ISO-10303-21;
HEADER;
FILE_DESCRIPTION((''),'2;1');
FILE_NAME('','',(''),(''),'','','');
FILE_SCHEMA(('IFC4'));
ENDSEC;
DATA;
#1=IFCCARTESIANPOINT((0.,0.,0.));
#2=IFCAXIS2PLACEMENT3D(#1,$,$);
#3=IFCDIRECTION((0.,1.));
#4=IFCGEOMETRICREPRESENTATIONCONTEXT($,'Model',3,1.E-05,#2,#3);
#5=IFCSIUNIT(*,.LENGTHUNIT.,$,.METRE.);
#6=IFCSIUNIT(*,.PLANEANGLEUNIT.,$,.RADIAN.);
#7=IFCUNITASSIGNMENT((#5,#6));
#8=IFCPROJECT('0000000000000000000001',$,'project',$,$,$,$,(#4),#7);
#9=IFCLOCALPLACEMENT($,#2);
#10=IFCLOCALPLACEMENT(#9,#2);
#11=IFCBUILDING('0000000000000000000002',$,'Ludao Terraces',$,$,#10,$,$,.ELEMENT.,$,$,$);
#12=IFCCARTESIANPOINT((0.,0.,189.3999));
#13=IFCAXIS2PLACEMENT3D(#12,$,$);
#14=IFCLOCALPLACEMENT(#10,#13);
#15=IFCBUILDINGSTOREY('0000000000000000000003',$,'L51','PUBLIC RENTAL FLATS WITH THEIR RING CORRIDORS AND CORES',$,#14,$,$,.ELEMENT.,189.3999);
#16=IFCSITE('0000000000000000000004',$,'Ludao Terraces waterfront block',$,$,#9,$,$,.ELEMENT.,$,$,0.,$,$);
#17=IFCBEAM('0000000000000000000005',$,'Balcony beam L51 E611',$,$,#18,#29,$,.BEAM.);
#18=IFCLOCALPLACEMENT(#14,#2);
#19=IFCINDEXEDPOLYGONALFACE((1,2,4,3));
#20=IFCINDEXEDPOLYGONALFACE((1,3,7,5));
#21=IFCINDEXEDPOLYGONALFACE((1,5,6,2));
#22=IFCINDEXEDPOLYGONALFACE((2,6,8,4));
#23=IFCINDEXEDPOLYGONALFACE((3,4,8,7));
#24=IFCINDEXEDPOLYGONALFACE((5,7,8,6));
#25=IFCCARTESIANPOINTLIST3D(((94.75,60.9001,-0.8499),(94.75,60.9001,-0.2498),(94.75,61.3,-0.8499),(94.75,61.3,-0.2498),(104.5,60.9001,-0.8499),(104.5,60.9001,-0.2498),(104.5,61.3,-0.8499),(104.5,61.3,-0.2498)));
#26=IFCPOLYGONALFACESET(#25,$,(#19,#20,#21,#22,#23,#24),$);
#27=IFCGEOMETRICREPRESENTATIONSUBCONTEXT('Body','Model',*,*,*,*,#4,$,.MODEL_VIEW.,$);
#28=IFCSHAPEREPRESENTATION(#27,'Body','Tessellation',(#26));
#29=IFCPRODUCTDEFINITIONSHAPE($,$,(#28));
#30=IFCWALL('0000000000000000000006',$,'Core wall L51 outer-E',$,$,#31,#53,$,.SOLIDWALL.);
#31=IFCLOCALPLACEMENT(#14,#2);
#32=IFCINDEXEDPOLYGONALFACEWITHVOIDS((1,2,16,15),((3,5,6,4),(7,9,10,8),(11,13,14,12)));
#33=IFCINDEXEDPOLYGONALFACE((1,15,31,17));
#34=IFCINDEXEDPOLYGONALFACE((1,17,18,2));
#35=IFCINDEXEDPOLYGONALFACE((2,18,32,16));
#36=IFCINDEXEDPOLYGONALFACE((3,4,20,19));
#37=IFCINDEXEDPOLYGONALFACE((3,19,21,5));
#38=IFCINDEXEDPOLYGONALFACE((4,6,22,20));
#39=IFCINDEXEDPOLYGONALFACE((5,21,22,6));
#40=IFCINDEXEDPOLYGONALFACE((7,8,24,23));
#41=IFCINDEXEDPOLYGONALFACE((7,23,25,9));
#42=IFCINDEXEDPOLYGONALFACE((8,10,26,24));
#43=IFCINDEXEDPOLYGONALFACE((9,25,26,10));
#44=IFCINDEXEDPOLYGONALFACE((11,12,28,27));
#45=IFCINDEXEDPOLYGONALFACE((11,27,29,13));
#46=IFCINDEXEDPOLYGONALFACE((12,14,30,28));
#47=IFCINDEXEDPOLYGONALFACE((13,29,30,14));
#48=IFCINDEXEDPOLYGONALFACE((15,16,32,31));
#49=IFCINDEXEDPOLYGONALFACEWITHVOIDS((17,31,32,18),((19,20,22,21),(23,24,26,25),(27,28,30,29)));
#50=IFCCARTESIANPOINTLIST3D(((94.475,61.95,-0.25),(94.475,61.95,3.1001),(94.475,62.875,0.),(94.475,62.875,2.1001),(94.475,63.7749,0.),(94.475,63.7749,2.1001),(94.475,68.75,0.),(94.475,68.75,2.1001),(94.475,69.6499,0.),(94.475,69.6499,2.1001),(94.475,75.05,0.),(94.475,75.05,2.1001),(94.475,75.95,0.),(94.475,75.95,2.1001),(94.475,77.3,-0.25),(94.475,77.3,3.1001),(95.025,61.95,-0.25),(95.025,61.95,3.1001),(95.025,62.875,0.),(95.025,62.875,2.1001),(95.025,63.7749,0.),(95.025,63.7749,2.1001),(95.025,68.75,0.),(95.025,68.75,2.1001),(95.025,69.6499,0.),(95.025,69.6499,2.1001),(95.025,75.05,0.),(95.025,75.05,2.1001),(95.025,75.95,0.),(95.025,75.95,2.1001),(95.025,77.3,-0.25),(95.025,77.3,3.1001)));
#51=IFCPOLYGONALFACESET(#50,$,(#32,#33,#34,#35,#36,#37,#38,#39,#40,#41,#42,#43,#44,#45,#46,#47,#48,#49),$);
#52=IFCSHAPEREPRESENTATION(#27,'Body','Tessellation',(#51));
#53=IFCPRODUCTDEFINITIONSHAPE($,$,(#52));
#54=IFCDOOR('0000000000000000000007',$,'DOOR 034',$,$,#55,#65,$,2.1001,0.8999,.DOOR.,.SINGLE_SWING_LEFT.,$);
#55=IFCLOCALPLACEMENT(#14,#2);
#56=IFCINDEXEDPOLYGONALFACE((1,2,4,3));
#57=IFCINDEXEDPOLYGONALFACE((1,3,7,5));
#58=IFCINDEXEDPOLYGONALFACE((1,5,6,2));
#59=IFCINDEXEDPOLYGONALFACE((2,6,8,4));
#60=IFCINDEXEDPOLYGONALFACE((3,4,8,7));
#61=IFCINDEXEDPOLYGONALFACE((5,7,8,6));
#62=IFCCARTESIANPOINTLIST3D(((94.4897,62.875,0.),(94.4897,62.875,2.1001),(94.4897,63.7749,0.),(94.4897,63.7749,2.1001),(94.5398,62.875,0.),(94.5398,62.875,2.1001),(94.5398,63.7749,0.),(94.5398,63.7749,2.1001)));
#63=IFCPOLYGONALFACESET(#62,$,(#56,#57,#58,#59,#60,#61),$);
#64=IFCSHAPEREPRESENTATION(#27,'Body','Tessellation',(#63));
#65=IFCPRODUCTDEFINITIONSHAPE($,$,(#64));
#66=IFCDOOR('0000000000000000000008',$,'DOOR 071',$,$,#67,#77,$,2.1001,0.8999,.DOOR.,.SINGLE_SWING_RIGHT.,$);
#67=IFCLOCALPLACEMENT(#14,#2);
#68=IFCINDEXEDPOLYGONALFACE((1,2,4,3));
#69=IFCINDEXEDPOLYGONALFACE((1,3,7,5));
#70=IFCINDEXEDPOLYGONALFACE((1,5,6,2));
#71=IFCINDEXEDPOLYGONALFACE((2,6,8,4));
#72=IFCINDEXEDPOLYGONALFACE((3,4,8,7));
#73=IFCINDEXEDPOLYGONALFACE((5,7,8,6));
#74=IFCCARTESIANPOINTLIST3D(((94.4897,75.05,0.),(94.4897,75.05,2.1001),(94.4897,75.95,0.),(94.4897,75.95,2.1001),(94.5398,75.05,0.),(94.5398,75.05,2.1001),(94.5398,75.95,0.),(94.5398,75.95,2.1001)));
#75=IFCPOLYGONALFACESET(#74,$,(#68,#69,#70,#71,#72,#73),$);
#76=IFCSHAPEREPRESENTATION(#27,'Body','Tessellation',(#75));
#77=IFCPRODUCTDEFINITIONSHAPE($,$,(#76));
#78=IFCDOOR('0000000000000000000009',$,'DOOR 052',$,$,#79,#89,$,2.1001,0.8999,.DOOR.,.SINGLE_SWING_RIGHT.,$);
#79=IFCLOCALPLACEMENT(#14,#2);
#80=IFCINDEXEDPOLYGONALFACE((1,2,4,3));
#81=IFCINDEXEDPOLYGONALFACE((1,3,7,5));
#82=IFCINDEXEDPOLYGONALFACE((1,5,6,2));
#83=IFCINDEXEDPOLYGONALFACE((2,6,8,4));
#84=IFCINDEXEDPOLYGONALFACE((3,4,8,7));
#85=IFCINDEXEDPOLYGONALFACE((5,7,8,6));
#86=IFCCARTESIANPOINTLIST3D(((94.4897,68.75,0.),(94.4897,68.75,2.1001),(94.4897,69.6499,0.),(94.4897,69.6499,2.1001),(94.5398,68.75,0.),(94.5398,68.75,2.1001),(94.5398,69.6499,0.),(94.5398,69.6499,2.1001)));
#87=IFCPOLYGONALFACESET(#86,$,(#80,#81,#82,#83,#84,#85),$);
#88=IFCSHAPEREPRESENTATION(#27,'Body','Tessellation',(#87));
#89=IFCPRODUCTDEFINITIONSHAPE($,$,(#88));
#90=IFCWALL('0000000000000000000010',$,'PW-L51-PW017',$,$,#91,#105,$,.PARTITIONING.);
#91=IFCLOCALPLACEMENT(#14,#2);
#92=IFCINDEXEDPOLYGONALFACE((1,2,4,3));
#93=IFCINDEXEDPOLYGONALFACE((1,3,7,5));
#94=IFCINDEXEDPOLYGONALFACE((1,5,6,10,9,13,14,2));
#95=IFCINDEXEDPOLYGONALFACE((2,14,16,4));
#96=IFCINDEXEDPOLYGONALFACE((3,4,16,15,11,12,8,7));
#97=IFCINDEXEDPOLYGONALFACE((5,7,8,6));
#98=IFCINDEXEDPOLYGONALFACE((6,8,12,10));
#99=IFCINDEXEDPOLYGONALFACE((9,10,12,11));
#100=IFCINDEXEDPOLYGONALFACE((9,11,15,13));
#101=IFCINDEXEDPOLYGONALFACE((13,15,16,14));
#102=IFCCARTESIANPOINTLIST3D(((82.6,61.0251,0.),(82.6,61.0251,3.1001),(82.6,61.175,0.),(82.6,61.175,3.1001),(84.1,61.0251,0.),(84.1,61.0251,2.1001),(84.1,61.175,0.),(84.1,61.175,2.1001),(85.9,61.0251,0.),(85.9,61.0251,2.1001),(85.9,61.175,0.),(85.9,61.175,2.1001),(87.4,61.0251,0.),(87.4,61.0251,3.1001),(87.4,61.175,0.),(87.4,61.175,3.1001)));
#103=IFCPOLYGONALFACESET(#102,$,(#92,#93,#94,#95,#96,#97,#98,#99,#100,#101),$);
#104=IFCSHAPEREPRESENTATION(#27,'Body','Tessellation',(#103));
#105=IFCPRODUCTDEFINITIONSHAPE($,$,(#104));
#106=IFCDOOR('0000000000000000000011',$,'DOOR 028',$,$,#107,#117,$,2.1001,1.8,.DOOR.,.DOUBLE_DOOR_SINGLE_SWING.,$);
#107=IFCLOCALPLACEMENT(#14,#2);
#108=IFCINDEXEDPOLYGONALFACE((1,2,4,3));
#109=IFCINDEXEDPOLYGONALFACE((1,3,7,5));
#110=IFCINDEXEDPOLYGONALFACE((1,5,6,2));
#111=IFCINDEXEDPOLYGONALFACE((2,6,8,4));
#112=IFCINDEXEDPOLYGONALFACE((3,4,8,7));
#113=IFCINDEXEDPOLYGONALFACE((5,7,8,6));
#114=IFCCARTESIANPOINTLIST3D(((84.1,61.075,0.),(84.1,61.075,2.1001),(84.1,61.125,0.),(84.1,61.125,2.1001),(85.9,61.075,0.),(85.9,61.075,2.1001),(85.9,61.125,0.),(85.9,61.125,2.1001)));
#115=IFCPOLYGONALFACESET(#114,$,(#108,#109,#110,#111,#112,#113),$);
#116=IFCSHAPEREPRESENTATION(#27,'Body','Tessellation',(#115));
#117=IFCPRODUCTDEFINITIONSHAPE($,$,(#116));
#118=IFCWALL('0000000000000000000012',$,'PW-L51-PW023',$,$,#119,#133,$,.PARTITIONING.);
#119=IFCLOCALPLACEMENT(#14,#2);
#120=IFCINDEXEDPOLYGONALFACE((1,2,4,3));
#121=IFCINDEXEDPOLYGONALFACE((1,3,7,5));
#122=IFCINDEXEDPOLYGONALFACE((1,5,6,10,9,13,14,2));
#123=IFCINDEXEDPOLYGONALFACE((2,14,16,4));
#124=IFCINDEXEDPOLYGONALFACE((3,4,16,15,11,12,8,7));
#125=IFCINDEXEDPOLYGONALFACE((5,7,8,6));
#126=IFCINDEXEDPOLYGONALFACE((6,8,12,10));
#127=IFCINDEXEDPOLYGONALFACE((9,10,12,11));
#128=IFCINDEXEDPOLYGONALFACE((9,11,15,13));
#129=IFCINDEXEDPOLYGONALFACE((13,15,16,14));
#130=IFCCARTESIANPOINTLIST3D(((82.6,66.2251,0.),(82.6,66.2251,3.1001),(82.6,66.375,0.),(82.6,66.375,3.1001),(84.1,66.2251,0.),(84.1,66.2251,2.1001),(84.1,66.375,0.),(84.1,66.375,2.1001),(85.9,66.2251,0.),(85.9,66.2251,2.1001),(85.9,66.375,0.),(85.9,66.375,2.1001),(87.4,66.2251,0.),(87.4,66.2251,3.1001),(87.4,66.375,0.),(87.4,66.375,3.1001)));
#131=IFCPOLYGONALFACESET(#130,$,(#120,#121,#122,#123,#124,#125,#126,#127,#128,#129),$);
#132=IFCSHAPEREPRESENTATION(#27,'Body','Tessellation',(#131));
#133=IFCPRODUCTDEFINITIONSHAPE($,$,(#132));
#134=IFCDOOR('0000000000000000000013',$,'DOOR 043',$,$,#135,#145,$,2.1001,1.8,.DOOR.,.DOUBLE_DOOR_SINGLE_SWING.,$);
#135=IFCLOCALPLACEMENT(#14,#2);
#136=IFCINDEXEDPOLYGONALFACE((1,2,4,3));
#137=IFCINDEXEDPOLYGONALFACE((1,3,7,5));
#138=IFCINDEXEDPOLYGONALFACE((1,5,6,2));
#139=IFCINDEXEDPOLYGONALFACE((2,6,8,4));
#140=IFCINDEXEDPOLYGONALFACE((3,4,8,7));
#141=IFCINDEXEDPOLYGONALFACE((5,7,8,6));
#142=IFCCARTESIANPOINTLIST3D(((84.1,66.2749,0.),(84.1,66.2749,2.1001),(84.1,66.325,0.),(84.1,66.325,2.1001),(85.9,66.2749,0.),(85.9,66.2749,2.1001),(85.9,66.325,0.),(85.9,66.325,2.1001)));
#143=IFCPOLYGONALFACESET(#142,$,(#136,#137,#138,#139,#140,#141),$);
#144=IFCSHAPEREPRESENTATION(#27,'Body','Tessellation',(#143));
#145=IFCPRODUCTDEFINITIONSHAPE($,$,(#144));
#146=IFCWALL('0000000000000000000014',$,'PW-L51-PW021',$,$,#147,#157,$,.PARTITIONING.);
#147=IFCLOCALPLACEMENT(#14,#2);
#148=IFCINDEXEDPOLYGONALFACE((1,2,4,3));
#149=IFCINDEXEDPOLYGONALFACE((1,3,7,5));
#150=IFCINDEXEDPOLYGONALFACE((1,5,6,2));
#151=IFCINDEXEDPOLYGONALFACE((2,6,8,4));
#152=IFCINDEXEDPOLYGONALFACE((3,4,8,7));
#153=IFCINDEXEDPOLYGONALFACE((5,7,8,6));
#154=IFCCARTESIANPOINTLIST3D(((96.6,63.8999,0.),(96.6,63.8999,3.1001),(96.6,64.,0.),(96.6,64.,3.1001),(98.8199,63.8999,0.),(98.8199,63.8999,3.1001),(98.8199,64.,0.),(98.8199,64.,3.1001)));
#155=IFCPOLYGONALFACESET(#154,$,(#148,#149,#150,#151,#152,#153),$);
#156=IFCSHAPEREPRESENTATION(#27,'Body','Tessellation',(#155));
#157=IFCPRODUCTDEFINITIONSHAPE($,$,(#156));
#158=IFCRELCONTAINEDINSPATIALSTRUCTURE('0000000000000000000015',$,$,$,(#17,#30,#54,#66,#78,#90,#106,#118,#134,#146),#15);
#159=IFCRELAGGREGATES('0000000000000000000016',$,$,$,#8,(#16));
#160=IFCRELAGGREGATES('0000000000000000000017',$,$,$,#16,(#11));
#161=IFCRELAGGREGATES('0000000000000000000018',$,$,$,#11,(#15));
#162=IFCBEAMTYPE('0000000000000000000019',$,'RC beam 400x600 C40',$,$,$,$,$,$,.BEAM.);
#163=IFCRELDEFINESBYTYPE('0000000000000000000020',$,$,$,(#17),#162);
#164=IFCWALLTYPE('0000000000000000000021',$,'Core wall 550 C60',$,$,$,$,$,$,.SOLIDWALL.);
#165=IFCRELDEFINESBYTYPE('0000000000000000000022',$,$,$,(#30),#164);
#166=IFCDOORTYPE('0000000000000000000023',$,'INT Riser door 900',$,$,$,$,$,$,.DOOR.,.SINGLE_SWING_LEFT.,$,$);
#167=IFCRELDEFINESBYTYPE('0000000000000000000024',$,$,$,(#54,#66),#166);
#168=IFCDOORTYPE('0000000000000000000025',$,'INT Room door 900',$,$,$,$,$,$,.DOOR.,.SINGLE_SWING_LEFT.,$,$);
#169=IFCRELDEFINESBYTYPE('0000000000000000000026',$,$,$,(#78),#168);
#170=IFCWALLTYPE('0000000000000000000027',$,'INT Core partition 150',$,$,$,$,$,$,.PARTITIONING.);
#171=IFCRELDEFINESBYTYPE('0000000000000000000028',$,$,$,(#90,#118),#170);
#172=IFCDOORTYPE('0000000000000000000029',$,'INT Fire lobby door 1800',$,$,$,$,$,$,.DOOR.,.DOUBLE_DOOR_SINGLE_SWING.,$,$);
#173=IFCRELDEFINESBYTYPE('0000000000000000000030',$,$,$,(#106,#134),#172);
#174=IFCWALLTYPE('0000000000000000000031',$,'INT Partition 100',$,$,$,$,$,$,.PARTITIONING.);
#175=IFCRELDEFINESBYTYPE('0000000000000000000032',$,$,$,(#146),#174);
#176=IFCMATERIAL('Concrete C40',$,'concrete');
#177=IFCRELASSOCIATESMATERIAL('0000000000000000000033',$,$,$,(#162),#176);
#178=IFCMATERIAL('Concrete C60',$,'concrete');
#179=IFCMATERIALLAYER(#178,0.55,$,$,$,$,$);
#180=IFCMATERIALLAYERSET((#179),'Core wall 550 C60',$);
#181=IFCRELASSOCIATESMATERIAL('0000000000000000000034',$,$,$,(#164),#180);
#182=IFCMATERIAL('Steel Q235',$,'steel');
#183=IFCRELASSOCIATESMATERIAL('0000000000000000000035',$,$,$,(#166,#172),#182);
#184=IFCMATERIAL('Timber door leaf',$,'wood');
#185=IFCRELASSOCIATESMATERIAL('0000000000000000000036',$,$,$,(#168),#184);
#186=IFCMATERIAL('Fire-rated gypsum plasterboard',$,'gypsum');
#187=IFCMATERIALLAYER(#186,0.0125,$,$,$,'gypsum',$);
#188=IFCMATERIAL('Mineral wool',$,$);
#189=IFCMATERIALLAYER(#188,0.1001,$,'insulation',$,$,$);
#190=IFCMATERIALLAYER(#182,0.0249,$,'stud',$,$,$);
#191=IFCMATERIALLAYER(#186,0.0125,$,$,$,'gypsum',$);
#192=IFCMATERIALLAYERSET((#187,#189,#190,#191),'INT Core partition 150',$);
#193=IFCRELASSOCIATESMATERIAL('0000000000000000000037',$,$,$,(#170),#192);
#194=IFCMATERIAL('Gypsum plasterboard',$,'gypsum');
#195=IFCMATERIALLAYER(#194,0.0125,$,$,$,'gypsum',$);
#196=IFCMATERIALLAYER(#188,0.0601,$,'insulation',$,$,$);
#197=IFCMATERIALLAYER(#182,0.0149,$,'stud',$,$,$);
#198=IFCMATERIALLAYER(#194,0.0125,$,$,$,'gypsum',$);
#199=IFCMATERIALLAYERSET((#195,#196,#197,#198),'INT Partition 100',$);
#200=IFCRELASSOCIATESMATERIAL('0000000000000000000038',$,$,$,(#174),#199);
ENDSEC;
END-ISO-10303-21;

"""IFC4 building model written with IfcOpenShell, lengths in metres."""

from ifc_helpers import new_model, si_unit, direction, frame, frame_2d, origin, origin_2d, place, context, subcontext, project, spatial, rectangle, extrude, material, layer, layer_set, material_profile, profile_set, type_object, element, fill, save


model = new_model("IFC4")

# Units and contexts
model_context = context("Model", 3, precision=1e-05, world=origin(), true_north=direction((0.0, 1.0)))
body_context = subcontext(model_context, "Body", "Model", "MODEL_VIEW")
ifc_project = project(units=[si_unit("LENGTHUNIT", "METRE"), si_unit("PLANEANGLEUNIT", "RADIAN")], contexts=[model_context])

# Site, building, storey
site_placement = place(None, origin())
site = spatial("IfcSite", under=ifc_project, at=site_placement, Name="Ludao Terraces waterfront block", CompositionType="ELEMENT", RefElevation=0.0)
building_placement = place(site_placement, origin())
building = spatial("IfcBuilding", under=site, at=building_placement, Name="Ludao Terraces", CompositionType="ELEMENT")
storey_placement = place(building_placement, frame((0.0, 0.0, 189.3999)))
storey = spatial("IfcBuildingStorey", under=building, at=storey_placement, Name="L51", Description="PUBLIC RENTAL FLATS WITH THEIR RING CORRIDORS AND CORES", CompositionType="ELEMENT", Elevation=189.3999)

# Beam
ifc_material_1 = material(Name="Concrete C40", Category="concrete")
ifc_material_profile = material_profile(ifc_material_1, rectangle(XDim=0.3999, YDim=0.6001, at=origin_2d()), Name="400 X 600")
ifc_profile_set = profile_set([ifc_material_profile], Name="Concrete C40")
beam_type = type_object("IfcBeamType", Name="RC beam 400x600 C40", PredefinedType="BEAM", material=ifc_profile_set)
beam_placement = place(storey_placement, frame((94.75, 61.1001, -0.5498), z_axis=(1.0, 0.0, 0.0), x_axis=(0.0, 1.0, 0.0)))
element("IfcBeam", 1, at=beam_placement, inside=storey, type_object=beam_type, Name="Balcony beam L51 E611", PredefinedType="BEAM", context=body_context, shape_type="SweptSolid", body=[
    extrude(rectangle(XDim=0.3999, YDim=0.6001, at=origin_2d()), origin(), (0.0, 0.0, 1.0), 9.75),
])

# Wall, openings, doors
ifc_material_2 = material(Name="Concrete C60", Category="concrete")
ifc_layer_1 = layer(ifc_material_2, 0.55)
ifc_layer_set_1 = layer_set([ifc_layer_1], Name="Core wall 550 C60")
wall_type_1 = type_object("IfcWallType", Name="Core wall 550 C60", PredefinedType="SOLIDWALL", material=ifc_layer_set_1)
wall_1_placement = place(storey_placement, frame((94.75, 61.95, -0.25), z_axis=(0.0, 0.0, 1.0), x_axis=(0.0, 1.0, 0.0)))
wall_1 = element("IfcWall", 2, at=wall_1_placement, inside=storey, type_object=wall_type_1, Name="Core wall L51 outer-E", PredefinedType="SOLIDWALL", context=body_context, shape_type="SweptSolid", body=[
    extrude(rectangle(XDim=15.3501, YDim=0.55, at=frame_2d((7.675, 0.0))), origin(), (0.0, 0.0, 1.0), 3.3501),
])
opening_1_placement = place(wall_1_placement, frame((0.925, 0.0, 0.25)))
opening_1 = element("IfcOpeningElement", 3, at=opening_1_placement, cuts=wall_1, PredefinedType="OPENING", context=body_context, shape_type="SweptSolid", body=[
    extrude(rectangle(XDim=0.8999, YDim=2.1001, at=frame_2d((0.45, 1.05))), frame((0.0, 0.2852, 0.0), z_axis=(0.0, -1.0, 0.0), x_axis=(1.0, 0.0, 0.0)), (0.0, 0.0, 1.0), 0.5701),
])
opening_2_placement = place(wall_1_placement, frame((6.8, 0.0, 0.25)))
opening_2 = element("IfcOpeningElement", 4, at=opening_2_placement, cuts=wall_1, PredefinedType="OPENING", context=body_context, shape_type="SweptSolid", body=[
    extrude(rectangle(XDim=0.8999, YDim=2.1001, at=frame_2d((0.45, 1.05))), frame((0.0, 0.2852, 0.0), z_axis=(0.0, -1.0, 0.0), x_axis=(1.0, 0.0, 0.0)), (0.0, 0.0, 1.0), 0.5701),
])
opening_3_placement = place(wall_1_placement, frame((13.1001, 0.0, 0.25)))
opening_3 = element("IfcOpeningElement", 5, at=opening_3_placement, cuts=wall_1, PredefinedType="OPENING", context=body_context, shape_type="SweptSolid", body=[
    extrude(rectangle(XDim=0.8999, YDim=2.1001, at=frame_2d((0.45, 1.05))), frame((0.0, 0.2852, 0.0), z_axis=(0.0, -1.0, 0.0), x_axis=(1.0, 0.0, 0.0)), (0.0, 0.0, 1.0), 0.5701),
])
ifc_material_3 = material(Name="Steel Q235", Category="steel")
door_type_1 = type_object("IfcDoorType", Name="INT Riser door 900", OperationType="SINGLE_SWING_LEFT", PredefinedType="DOOR", material=ifc_material_3)
door_1_placement = place(opening_1_placement, origin())
door_1 = element("IfcDoor", 6, at=door_1_placement, inside=storey, type_object=door_type_1, Name="DOOR 034", OperationType="SINGLE_SWING_LEFT", OverallHeight=2.1001, OverallWidth=0.8999, PredefinedType="DOOR", context=body_context, shape_type="SweptSolid", body=[
    extrude(rectangle(XDim=0.8999, YDim=2.1001, at=frame_2d((0.45, 1.05))), frame((0.0, 0.2603, 0.0), z_axis=(0.0, -1.0, 0.0), x_axis=(1.0, 0.0, 0.0)), (0.0, 0.0, 1.0), 0.05),
])
fill(opening_1, door_1)
door_2_placement = place(opening_3_placement, origin())
door_2 = element("IfcDoor", 7, at=door_2_placement, inside=storey, type_object=door_type_1, Name="DOOR 071", OperationType="SINGLE_SWING_RIGHT", OverallHeight=2.1001, OverallWidth=0.8999, PredefinedType="DOOR", context=body_context, shape_type="SweptSolid", body=[
    extrude(rectangle(XDim=0.8999, YDim=2.1001, at=frame_2d((0.45, 1.05))), frame((0.0, 0.2603, 0.0), z_axis=(0.0, -1.0, 0.0), x_axis=(1.0, 0.0, 0.0)), (0.0, 0.0, 1.0), 0.05),
])
fill(opening_3, door_2)
ifc_material_4 = material(Name="Timber door leaf", Category="wood")
door_type_2 = type_object("IfcDoorType", Name="INT Room door 900", OperationType="SINGLE_SWING_LEFT", PredefinedType="DOOR", material=ifc_material_4)
door_3_placement = place(opening_2_placement, origin())
door_3 = element("IfcDoor", 8, at=door_3_placement, inside=storey, type_object=door_type_2, Name="DOOR 052", OperationType="SINGLE_SWING_RIGHT", OverallHeight=2.1001, OverallWidth=0.8999, PredefinedType="DOOR", context=body_context, shape_type="SweptSolid", body=[
    extrude(rectangle(XDim=0.8999, YDim=2.1001, at=frame_2d((0.45, 1.05))), frame((0.0, 0.2603, 0.0), z_axis=(0.0, -1.0, 0.0), x_axis=(1.0, 0.0, 0.0)), (0.0, 0.0, 1.0), 0.05),
])
fill(opening_2, door_3)

# Walls, openings, doors
ifc_material_5 = material(Name="Fire-rated gypsum plasterboard", Category="gypsum")
ifc_layer_2 = layer(ifc_material_5, 0.0125, Category="gypsum")
ifc_material_6 = material(Name="Mineral wool")
ifc_layer_3 = layer(ifc_material_6, 0.1001, Name="insulation")
ifc_layer_4 = layer(ifc_material_3, 0.0249, Name="stud")
ifc_layer_5 = layer(ifc_material_5, 0.0125, Category="gypsum")
ifc_layer_set_2 = layer_set([ifc_layer_2, ifc_layer_3, ifc_layer_4, ifc_layer_5], Name="INT Core partition 150")
wall_type_2 = type_object("IfcWallType", Name="INT Core partition 150", PredefinedType="PARTITIONING", material=ifc_layer_set_2)
wall_2_placement = place(storey_placement, frame((82.6001, 61.1001, 0.0), z_axis=(0.0, 0.0, 1.0), x_axis=(1.0, 0.0, 0.0)))
wall_2 = element("IfcWall", 9, at=wall_2_placement, inside=storey, type_object=wall_type_2, Name="PW-L51-PW017", PredefinedType="PARTITIONING", context=body_context, shape_type="SweptSolid", body=[
    extrude(rectangle(XDim=4.8, YDim=0.1499, at=frame_2d((2.3999, 0.0))), origin(), (0.0, 0.0, 1.0), 3.1001),
])
opening_4_placement = place(wall_2_placement, frame((1.5, 0.0, 0.0)))
opening_4 = element("IfcOpeningElement", 10, at=opening_4_placement, cuts=wall_2, PredefinedType="OPENING", context=body_context, shape_type="SweptSolid", body=[
    extrude(rectangle(XDim=1.8, YDim=2.1001, at=frame_2d((0.8999, 1.05))), frame((0.0, 0.085, 0.0), z_axis=(0.0, -1.0, 0.0), x_axis=(1.0, 0.0, 0.0)), (0.0, 0.0, 1.0), 0.1699),
])
door_type_3 = type_object("IfcDoorType", Name="INT Fire lobby door 1800", OperationType="DOUBLE_DOOR_SINGLE_SWING", PredefinedType="DOOR", material=ifc_material_3)
door_4_placement = place(opening_4_placement, origin())
door_4 = element("IfcDoor", 11, at=door_4_placement, inside=storey, type_object=door_type_3, Name="DOOR 028", OperationType="DOUBLE_DOOR_SINGLE_SWING", OverallHeight=2.1001, OverallWidth=1.8, PredefinedType="DOOR", context=body_context, shape_type="SweptSolid", body=[
    extrude(rectangle(XDim=1.8, YDim=2.1001, at=frame_2d((0.8999, 1.05))), frame((0.0, 0.0249, 0.0), z_axis=(0.0, -1.0, 0.0), x_axis=(1.0, 0.0, 0.0)), (0.0, 0.0, 1.0), 0.05),
])
fill(opening_4, door_4)
wall_3_placement = place(storey_placement, frame((82.6001, 66.3, 0.0), z_axis=(0.0, 0.0, 1.0), x_axis=(1.0, 0.0, 0.0)))
wall_3 = element("IfcWall", 12, at=wall_3_placement, inside=storey, type_object=wall_type_2, Name="PW-L51-PW023", PredefinedType="PARTITIONING", context=body_context, shape_type="SweptSolid", body=[
    extrude(rectangle(XDim=4.8, YDim=0.1499, at=frame_2d((2.3999, 0.0))), origin(), (0.0, 0.0, 1.0), 3.1001),
])
opening_5_placement = place(wall_3_placement, frame((1.5, 0.0, 0.0)))
opening_5 = element("IfcOpeningElement", 13, at=opening_5_placement, cuts=wall_3, PredefinedType="OPENING", context=body_context, shape_type="SweptSolid", body=[
    extrude(rectangle(XDim=1.8, YDim=2.1001, at=frame_2d((0.8999, 1.05))), frame((0.0, 0.085, 0.0), z_axis=(0.0, -1.0, 0.0), x_axis=(1.0, 0.0, 0.0)), (0.0, 0.0, 1.0), 0.1699),
])
door_5_placement = place(opening_5_placement, origin())
door_5 = element("IfcDoor", 14, at=door_5_placement, inside=storey, type_object=door_type_3, Name="DOOR 043", OperationType="DOUBLE_DOOR_SINGLE_SWING", OverallHeight=2.1001, OverallWidth=1.8, PredefinedType="DOOR", context=body_context, shape_type="SweptSolid", body=[
    extrude(rectangle(XDim=1.8, YDim=2.1001, at=frame_2d((0.8999, 1.05))), frame((0.0, 0.0249, 0.0), z_axis=(0.0, -1.0, 0.0), x_axis=(1.0, 0.0, 0.0)), (0.0, 0.0, 1.0), 0.05),
])
fill(opening_5, door_5)

# Wall
ifc_material_7 = material(Name="Gypsum plasterboard", Category="gypsum")
ifc_layer_6 = layer(ifc_material_7, 0.0125, Category="gypsum")
ifc_layer_7 = layer(ifc_material_6, 0.0601, Name="insulation")
ifc_layer_8 = layer(ifc_material_3, 0.0149, Name="stud")
ifc_layer_9 = layer(ifc_material_7, 0.0125, Category="gypsum")
ifc_layer_set_3 = layer_set([ifc_layer_6, ifc_layer_7, ifc_layer_8, ifc_layer_9], Name="INT Partition 100")
wall_type_3 = type_object("IfcWallType", Name="INT Partition 100", PredefinedType="PARTITIONING", material=ifc_layer_set_3)
for number, where, z_axis, x_axis, name in (
    (15, (96.6001, 63.95, 0.0), (0.0, 0.0, 1.0), (1.0, 0.0, 0.0), "PW-L51-PW021"),
):
    element("IfcWall", number, at=place(storey_placement, frame(where, z_axis=z_axis, x_axis=x_axis)), inside=storey, type_object=wall_type_3, Name=name, PredefinedType="PARTITIONING", context=body_context, shape_type="SweptSolid", body=[
        extrude(rectangle(XDim=2.22, YDim=0.1001, at=frame_2d((1.1099, 0.0))), origin(), (0.0, 0.0, 1.0), 3.1001),
    ])

save(model, "model.ifc")
